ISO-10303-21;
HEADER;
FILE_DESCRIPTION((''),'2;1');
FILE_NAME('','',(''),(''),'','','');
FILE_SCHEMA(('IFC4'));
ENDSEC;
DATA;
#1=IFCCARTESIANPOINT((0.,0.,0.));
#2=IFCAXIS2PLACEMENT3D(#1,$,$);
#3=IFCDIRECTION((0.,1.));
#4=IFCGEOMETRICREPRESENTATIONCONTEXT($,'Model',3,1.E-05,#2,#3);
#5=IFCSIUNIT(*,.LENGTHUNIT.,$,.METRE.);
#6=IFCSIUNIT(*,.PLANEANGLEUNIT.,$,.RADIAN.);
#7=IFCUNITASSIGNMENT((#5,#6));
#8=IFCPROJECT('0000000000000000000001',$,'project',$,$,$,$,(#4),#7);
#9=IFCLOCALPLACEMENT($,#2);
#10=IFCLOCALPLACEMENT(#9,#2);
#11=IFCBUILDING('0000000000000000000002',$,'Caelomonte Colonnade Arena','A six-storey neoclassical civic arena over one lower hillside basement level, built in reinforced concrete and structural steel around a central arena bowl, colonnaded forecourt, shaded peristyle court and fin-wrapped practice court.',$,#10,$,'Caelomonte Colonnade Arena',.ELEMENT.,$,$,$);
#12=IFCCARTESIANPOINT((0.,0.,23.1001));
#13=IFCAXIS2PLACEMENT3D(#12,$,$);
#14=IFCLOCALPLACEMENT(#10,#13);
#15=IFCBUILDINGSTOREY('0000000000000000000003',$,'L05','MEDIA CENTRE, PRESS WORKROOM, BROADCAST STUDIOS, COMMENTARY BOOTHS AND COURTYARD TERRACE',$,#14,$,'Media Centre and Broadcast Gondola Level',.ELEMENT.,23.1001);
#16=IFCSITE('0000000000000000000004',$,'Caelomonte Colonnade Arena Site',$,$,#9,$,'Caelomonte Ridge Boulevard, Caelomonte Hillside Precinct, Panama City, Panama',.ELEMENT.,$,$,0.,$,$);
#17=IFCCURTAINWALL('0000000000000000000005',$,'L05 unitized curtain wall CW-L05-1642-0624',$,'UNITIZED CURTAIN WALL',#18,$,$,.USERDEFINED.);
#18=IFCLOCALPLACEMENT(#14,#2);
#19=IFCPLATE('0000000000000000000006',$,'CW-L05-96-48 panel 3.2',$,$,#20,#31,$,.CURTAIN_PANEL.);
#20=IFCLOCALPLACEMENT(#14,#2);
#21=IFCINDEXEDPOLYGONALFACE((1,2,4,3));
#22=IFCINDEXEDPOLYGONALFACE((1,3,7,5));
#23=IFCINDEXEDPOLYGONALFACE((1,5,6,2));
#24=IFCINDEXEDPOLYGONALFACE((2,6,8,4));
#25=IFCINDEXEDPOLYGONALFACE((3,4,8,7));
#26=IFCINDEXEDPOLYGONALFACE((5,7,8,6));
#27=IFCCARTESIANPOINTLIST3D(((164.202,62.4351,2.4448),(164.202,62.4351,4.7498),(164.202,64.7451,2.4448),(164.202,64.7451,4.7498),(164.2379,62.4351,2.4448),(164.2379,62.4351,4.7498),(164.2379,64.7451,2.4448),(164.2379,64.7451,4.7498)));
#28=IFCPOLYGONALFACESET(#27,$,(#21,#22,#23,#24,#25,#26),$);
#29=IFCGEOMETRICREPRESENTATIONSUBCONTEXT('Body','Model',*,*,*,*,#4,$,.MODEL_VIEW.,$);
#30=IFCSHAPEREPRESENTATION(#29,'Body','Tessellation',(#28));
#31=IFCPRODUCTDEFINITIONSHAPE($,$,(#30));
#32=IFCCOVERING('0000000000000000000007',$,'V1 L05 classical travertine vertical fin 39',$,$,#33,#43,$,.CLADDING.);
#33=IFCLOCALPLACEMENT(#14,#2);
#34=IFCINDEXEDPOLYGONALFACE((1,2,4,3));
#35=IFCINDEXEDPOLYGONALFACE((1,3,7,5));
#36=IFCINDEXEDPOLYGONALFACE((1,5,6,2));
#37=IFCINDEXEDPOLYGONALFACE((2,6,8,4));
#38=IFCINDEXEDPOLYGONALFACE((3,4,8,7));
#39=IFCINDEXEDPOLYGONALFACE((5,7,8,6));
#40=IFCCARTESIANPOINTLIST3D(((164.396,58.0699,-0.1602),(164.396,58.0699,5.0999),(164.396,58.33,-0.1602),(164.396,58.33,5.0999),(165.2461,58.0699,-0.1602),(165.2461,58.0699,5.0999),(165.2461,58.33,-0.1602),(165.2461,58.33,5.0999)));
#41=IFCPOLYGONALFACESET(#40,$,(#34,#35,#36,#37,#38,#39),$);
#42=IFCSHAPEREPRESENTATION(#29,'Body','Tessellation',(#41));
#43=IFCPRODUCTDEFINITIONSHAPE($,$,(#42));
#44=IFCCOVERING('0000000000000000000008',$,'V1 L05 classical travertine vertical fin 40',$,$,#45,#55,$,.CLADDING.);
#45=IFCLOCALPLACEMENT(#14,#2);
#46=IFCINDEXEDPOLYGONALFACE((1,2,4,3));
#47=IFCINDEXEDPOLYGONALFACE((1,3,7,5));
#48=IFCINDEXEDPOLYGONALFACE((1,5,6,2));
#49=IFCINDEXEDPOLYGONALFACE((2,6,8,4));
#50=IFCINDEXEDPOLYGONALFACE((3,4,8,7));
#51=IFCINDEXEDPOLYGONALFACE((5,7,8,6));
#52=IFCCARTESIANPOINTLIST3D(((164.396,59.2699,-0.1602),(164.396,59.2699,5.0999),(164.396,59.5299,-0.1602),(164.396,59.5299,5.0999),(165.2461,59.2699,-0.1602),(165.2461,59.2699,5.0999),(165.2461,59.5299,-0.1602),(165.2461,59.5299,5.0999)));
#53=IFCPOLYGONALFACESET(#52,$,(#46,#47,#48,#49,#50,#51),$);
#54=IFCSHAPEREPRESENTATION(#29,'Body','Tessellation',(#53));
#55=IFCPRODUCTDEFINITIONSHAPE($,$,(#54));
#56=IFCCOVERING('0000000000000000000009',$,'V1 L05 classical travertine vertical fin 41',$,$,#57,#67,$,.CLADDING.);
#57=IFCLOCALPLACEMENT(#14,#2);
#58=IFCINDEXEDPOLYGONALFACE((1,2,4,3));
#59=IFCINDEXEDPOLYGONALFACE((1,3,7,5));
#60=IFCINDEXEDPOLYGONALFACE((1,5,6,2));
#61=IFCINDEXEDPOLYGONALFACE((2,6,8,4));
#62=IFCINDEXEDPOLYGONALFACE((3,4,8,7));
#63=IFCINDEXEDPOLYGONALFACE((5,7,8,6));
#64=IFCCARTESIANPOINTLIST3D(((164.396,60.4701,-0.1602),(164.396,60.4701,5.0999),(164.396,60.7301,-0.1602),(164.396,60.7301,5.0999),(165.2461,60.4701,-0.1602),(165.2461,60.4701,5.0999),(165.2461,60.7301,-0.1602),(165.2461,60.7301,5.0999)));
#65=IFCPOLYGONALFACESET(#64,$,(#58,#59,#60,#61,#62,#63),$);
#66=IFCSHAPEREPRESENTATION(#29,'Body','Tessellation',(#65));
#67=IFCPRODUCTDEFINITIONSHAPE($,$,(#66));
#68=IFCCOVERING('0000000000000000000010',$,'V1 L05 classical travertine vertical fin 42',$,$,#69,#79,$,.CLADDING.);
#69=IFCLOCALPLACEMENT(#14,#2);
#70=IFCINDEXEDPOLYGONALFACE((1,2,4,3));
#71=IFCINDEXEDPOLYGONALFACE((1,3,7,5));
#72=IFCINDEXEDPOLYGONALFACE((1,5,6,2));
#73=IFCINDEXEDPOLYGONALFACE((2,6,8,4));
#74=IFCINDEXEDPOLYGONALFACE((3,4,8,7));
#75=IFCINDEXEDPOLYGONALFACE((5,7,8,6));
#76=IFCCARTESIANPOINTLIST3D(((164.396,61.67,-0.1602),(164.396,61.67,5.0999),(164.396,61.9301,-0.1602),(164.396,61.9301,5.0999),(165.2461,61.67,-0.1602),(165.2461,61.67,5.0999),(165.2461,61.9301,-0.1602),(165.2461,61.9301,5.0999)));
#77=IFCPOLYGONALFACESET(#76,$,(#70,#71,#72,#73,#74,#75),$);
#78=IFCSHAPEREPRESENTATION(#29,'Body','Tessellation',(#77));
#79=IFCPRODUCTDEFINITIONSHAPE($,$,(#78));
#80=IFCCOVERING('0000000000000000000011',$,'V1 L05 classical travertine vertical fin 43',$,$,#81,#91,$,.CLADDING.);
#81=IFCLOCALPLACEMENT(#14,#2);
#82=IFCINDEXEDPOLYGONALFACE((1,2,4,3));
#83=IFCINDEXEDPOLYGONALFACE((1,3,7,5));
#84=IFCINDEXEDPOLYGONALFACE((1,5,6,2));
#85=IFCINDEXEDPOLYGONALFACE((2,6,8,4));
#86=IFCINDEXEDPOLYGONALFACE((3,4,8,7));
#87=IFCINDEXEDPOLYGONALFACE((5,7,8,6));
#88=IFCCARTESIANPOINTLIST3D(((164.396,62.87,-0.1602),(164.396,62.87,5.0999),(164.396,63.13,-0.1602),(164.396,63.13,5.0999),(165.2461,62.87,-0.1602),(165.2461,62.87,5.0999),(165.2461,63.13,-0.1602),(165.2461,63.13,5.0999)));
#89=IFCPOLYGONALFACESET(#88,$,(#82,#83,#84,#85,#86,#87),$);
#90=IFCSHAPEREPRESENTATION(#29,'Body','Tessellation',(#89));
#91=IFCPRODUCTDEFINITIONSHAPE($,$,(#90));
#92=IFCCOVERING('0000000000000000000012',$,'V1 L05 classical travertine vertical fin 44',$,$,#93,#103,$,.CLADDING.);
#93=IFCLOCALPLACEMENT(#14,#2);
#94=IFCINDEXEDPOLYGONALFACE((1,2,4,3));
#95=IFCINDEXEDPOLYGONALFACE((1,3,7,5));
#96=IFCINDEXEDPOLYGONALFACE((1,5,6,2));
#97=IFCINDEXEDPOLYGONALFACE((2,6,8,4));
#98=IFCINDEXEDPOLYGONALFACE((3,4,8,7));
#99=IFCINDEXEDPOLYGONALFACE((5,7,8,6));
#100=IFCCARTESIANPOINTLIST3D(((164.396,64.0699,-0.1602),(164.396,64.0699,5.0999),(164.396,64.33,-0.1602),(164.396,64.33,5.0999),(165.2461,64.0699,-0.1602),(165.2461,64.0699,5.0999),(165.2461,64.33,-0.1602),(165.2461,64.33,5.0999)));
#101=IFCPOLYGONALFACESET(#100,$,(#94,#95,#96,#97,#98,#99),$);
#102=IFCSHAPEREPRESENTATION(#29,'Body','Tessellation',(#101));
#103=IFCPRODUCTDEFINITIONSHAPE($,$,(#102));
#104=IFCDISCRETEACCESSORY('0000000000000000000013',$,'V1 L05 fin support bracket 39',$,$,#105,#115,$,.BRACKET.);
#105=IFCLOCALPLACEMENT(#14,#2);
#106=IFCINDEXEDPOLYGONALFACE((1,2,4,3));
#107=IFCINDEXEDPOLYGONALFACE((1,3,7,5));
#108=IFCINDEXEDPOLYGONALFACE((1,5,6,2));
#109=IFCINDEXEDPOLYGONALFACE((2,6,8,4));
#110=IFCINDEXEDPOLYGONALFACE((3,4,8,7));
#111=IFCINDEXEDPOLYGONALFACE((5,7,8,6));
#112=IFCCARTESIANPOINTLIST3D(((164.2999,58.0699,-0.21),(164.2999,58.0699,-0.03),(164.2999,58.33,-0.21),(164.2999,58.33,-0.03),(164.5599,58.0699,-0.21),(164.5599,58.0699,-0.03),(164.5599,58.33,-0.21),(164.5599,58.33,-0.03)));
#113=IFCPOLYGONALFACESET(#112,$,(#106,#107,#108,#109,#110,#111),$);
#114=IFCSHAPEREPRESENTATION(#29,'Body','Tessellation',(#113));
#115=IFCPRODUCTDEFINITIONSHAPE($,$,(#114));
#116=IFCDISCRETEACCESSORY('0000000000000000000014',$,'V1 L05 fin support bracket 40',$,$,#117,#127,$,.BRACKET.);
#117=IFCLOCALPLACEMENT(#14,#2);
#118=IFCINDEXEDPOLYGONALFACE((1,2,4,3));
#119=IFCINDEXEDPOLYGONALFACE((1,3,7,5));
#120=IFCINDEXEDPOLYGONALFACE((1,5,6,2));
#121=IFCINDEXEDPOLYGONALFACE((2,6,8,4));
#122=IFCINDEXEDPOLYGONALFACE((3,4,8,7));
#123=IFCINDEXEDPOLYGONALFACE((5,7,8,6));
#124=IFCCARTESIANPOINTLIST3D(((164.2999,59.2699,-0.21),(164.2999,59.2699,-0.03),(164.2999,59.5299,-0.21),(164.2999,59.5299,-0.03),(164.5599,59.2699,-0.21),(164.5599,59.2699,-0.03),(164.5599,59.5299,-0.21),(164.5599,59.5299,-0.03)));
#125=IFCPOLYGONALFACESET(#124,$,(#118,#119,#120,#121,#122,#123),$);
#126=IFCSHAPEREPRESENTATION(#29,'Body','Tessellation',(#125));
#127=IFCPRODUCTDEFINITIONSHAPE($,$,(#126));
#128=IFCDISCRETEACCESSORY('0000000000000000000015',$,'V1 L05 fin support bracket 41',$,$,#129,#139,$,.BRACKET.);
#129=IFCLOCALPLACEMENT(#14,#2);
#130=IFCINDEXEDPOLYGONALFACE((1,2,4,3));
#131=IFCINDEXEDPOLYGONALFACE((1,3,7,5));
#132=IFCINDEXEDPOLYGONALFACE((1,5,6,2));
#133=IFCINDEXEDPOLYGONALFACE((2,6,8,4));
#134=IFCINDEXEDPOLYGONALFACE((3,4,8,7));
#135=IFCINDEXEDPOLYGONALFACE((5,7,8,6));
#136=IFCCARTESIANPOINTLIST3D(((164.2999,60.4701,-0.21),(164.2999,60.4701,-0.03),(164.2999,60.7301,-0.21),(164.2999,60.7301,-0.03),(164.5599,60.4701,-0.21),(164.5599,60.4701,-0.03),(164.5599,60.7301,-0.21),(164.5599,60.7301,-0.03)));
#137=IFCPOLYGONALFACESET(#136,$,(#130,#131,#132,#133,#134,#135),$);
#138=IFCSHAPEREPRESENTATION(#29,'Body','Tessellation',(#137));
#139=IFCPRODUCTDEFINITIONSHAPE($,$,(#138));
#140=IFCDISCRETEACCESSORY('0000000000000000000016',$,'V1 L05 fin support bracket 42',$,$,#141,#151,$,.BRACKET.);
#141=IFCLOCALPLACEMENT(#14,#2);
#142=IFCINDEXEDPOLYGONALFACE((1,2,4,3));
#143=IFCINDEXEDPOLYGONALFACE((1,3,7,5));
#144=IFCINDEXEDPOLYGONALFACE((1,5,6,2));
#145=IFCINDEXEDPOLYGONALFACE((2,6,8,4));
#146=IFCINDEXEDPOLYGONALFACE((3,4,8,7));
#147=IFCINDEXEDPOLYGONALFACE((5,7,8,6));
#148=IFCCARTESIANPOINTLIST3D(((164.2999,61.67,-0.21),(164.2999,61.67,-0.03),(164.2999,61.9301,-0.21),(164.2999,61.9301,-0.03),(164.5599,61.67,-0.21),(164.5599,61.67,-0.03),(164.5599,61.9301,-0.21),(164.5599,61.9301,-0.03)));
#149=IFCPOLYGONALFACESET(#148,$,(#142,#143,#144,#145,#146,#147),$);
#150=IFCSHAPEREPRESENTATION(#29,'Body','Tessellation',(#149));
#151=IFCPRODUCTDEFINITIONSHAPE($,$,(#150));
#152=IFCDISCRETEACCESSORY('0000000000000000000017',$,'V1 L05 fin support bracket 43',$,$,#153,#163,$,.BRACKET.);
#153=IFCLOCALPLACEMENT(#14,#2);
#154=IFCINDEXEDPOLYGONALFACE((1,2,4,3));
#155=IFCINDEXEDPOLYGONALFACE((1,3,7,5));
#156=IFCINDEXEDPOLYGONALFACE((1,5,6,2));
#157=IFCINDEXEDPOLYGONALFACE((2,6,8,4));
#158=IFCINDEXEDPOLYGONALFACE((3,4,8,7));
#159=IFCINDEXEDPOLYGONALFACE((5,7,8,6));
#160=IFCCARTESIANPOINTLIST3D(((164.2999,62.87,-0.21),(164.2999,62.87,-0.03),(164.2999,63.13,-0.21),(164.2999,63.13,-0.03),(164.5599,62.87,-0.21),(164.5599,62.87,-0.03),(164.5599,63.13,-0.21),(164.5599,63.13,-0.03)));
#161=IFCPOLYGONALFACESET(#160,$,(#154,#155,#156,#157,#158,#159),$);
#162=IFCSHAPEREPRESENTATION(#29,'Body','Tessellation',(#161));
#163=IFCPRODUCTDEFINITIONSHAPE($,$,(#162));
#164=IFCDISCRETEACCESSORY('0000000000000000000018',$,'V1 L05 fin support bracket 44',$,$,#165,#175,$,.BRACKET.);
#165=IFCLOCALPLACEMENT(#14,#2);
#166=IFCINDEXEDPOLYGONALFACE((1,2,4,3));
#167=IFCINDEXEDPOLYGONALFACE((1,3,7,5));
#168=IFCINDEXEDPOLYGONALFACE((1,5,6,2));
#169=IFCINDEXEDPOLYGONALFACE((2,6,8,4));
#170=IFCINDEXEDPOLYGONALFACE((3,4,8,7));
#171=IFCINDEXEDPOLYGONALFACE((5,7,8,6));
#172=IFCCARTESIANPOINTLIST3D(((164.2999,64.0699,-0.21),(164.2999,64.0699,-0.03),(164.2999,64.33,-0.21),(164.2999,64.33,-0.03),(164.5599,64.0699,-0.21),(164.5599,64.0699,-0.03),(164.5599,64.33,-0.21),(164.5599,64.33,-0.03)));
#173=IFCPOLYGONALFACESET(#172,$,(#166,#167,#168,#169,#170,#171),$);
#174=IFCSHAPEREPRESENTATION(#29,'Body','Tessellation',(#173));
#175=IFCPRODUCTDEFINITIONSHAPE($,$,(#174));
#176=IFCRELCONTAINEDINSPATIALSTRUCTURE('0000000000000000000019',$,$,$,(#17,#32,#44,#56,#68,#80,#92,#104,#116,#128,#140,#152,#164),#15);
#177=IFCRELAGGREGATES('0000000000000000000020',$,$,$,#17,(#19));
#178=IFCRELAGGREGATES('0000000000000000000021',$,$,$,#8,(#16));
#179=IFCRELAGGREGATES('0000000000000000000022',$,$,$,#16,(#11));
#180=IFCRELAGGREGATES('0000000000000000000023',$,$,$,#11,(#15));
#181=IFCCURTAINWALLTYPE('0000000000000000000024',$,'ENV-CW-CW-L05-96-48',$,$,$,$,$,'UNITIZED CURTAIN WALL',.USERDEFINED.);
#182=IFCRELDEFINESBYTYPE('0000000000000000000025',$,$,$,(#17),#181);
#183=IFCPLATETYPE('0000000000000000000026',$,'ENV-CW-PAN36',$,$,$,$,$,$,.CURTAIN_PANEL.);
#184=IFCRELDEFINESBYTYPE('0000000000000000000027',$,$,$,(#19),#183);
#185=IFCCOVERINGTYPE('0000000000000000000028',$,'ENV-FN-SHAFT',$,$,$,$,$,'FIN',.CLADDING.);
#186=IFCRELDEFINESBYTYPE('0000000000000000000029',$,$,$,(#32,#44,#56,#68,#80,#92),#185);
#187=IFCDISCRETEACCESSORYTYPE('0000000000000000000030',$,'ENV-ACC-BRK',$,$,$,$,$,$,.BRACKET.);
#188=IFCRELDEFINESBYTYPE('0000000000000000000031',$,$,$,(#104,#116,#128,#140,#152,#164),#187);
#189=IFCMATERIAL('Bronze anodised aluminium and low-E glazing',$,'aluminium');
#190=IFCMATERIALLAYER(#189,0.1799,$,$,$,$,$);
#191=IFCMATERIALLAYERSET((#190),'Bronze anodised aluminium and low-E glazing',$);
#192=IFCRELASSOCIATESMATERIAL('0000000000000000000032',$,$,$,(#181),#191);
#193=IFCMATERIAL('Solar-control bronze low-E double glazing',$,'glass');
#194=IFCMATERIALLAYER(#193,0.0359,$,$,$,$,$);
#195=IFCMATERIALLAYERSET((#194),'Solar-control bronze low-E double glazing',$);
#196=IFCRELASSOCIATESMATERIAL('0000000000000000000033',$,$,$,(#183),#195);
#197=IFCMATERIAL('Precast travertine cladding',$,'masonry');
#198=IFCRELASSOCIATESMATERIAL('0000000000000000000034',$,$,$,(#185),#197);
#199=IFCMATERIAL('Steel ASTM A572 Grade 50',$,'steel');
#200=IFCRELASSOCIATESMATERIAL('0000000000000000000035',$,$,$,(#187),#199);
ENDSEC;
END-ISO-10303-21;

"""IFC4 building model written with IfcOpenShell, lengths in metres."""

from ifc_helpers import new_model, si_unit, direction, frame, origin, origin_2d, place, context, subcontext, project, spatial, rectangle, extrude, material, layer, layer_set, material_profile, profile_set, type_object, element, aggregate, save


model = new_model("IFC4")

# Units and contexts
model_context = context("Model", 3, precision=1e-05, world=origin(), true_north=direction((0.0, 1.0)))
body_context = subcontext(model_context, "Body", "Model", "MODEL_VIEW")
ifc_project = project(units=[si_unit("LENGTHUNIT", "METRE"), si_unit("PLANEANGLEUNIT", "RADIAN")], contexts=[model_context])

# Site, building, storey
site_placement = place(None, origin())
site = spatial("IfcSite", under=ifc_project, at=site_placement, Name="Caelomonte Colonnade Arena Site", LongName="Caelomonte Ridge Boulevard, Caelomonte Hillside Precinct, Panama City, Panama", CompositionType="ELEMENT", RefElevation=0.0)
building_placement = place(site_placement, origin())
building = spatial("IfcBuilding", under=site, at=building_placement, Name="Caelomonte Colonnade Arena", Description="A six-storey neoclassical civic arena over one lower hillside basement level, built in reinforced concrete and structural steel around a central arena bowl, colonnaded forecourt, shaded peristyle court and fin-wrapped practice court.", LongName="Caelomonte Colonnade Arena", CompositionType="ELEMENT")
storey_placement = place(building_placement, frame((0.0, 0.0, 23.1001)))
storey = spatial("IfcBuildingStorey", under=building, at=storey_placement, Name="L05", Description="MEDIA CENTRE, PRESS WORKROOM, BROADCAST STUDIOS, COMMENTARY BOOTHS AND COURTYARD TERRACE", LongName="Media Centre and Broadcast Gondola Level", CompositionType="ELEMENT", Elevation=23.1001)

# Curtain wall, plate
ifc_material_1 = material(Name="Bronze anodised aluminium and low-E glazing", Category="aluminium")
ifc_layer_1 = layer(ifc_material_1, 0.1799)
ifc_layer_set_1 = layer_set([ifc_layer_1], Name="Bronze anodised aluminium and low-E glazing")
curtain_wall_type = type_object("IfcCurtainWallType", Name="ENV-CW-CW-L05-96-48", ElementType="UNITIZED CURTAIN WALL", PredefinedType="USERDEFINED", material=ifc_layer_set_1)
curtain_wall_placement = place(storey_placement, origin())
curtain_wall = element("IfcCurtainWall", 1, at=curtain_wall_placement, inside=storey, type_object=curtain_wall_type, Name="L05 unitized curtain wall CW-L05-1642-0624", ObjectType="UNITIZED CURTAIN WALL", PredefinedType="USERDEFINED")
ifc_material_2 = material(Name="Solar-control bronze low-E double glazing", Category="glass")
ifc_layer_2 = layer(ifc_material_2, 0.0359)
ifc_layer_set_2 = layer_set([ifc_layer_2], Name="Solar-control bronze low-E double glazing")
plate_type = type_object("IfcPlateType", Name="ENV-CW-PAN36", PredefinedType="CURTAIN_PANEL", material=ifc_layer_set_2)
plate_1_placement = place(storey_placement, frame((164.22, 63.5901, 2.4448), z_axis=(0.0, 0.0, 1.0), x_axis=(0.0, 1.0, 0.0)))
plate_1 = element("IfcPlate", 2, at=plate_1_placement, type_object=plate_type, Name="CW-L05-96-48 panel 3.2", PredefinedType="CURTAIN_PANEL", context=body_context, shape_type="SweptSolid", body=[
    extrude(rectangle(XDim=2.3101, YDim=0.0359, at=origin_2d()), origin(), (0.0, 0.0, 1.0), 2.3049),
])
aggregate(curtain_wall, [plate_1])

# Coverings
ifc_material_3 = material(Name="Precast travertine cladding", Category="masonry")
ifc_material_profile_1 = material_profile(ifc_material_3, rectangle(XDim=0.26, YDim=0.8501, at=origin_2d()), Name="FIN260X850")
ifc_profile_set_1 = profile_set([ifc_material_profile_1], Name="Precast travertine cladding")
covering_type = type_object("IfcCoveringType", Name="ENV-FN-SHAFT", ElementType="FIN", PredefinedType="CLADDING", material=ifc_profile_set_1)
for number, where, z_axis, x_axis, name in (
    (3, (164.821, 58.2, -0.1602), (0.0, 0.0, 1.0), (0.0, -1.0, 0.0), "V1 L05 classical travertine vertical fin 39"),
    (4, (164.821, 59.3999, -0.1602), (0.0, 0.0, 1.0), (0.0, -1.0, 0.0), "V1 L05 classical travertine vertical fin 40"),
    (5, (164.821, 60.6001, -0.1602), (0.0, 0.0, 1.0), (0.0, -1.0, 0.0), "V1 L05 classical travertine vertical fin 41"),
    (6, (164.821, 61.8, -0.1602), (0.0, 0.0, 1.0), (0.0, -1.0, 0.0), "V1 L05 classical travertine vertical fin 42"),
    (7, (164.821, 63.0, -0.1602), (0.0, 0.0, 1.0), (0.0, -1.0, 0.0), "V1 L05 classical travertine vertical fin 43"),
    (8, (164.821, 64.2, -0.1602), (0.0, 0.0, 1.0), (0.0, -1.0, 0.0), "V1 L05 classical travertine vertical fin 44"),
):
    element("IfcCovering", number, at=place(storey_placement, frame(where, z_axis=z_axis, x_axis=x_axis)), inside=storey, type_object=covering_type, Name=name, PredefinedType="CLADDING", context=body_context, shape_type="SweptSolid", body=[
        extrude(rectangle(XDim=0.26, YDim=0.8501, at=origin_2d()), origin(), (0.0, 0.0, 1.0), 5.26),
    ])

# Discrete accessories
ifc_material_4 = material(Name="Steel ASTM A572 Grade 50", Category="steel")
discrete_accessory_type = type_object("IfcDiscreteAccessoryType", Name="ENV-ACC-BRK", PredefinedType="BRACKET", material=ifc_material_4)
for number, where, z_axis, x_axis, name in (
    (9, (164.4299, 58.2, -0.21), (0.0, 0.0, 1.0), (0.0, 1.0, 0.0), "V1 L05 fin support bracket 39"),
    (10, (164.4299, 59.3999, -0.21), (0.0, 0.0, 1.0), (0.0, 1.0, 0.0), "V1 L05 fin support bracket 40"),
    (11, (164.4299, 60.6001, -0.21), (0.0, 0.0, 1.0), (0.0, 1.0, 0.0), "V1 L05 fin support bracket 41"),
    (12, (164.4299, 61.8, -0.21), (0.0, 0.0, 1.0), (0.0, 1.0, 0.0), "V1 L05 fin support bracket 42"),
    (13, (164.4299, 63.0, -0.21), (0.0, 0.0, 1.0), (0.0, 1.0, 0.0), "V1 L05 fin support bracket 43"),
    (14, (164.4299, 64.2, -0.21), (0.0, 0.0, 1.0), (0.0, 1.0, 0.0), "V1 L05 fin support bracket 44"),
):
    element("IfcDiscreteAccessory", number, at=place(storey_placement, frame(where, z_axis=z_axis, x_axis=x_axis)), inside=storey, type_object=discrete_accessory_type, Name=name, PredefinedType="BRACKET", context=body_context, shape_type="SweptSolid", body=[
        extrude(rectangle(XDim=0.26, YDim=0.26, at=origin_2d()), origin(), (0.0, 0.0, 1.0), 0.1799),
    ])

save(model, "model.ifc")
